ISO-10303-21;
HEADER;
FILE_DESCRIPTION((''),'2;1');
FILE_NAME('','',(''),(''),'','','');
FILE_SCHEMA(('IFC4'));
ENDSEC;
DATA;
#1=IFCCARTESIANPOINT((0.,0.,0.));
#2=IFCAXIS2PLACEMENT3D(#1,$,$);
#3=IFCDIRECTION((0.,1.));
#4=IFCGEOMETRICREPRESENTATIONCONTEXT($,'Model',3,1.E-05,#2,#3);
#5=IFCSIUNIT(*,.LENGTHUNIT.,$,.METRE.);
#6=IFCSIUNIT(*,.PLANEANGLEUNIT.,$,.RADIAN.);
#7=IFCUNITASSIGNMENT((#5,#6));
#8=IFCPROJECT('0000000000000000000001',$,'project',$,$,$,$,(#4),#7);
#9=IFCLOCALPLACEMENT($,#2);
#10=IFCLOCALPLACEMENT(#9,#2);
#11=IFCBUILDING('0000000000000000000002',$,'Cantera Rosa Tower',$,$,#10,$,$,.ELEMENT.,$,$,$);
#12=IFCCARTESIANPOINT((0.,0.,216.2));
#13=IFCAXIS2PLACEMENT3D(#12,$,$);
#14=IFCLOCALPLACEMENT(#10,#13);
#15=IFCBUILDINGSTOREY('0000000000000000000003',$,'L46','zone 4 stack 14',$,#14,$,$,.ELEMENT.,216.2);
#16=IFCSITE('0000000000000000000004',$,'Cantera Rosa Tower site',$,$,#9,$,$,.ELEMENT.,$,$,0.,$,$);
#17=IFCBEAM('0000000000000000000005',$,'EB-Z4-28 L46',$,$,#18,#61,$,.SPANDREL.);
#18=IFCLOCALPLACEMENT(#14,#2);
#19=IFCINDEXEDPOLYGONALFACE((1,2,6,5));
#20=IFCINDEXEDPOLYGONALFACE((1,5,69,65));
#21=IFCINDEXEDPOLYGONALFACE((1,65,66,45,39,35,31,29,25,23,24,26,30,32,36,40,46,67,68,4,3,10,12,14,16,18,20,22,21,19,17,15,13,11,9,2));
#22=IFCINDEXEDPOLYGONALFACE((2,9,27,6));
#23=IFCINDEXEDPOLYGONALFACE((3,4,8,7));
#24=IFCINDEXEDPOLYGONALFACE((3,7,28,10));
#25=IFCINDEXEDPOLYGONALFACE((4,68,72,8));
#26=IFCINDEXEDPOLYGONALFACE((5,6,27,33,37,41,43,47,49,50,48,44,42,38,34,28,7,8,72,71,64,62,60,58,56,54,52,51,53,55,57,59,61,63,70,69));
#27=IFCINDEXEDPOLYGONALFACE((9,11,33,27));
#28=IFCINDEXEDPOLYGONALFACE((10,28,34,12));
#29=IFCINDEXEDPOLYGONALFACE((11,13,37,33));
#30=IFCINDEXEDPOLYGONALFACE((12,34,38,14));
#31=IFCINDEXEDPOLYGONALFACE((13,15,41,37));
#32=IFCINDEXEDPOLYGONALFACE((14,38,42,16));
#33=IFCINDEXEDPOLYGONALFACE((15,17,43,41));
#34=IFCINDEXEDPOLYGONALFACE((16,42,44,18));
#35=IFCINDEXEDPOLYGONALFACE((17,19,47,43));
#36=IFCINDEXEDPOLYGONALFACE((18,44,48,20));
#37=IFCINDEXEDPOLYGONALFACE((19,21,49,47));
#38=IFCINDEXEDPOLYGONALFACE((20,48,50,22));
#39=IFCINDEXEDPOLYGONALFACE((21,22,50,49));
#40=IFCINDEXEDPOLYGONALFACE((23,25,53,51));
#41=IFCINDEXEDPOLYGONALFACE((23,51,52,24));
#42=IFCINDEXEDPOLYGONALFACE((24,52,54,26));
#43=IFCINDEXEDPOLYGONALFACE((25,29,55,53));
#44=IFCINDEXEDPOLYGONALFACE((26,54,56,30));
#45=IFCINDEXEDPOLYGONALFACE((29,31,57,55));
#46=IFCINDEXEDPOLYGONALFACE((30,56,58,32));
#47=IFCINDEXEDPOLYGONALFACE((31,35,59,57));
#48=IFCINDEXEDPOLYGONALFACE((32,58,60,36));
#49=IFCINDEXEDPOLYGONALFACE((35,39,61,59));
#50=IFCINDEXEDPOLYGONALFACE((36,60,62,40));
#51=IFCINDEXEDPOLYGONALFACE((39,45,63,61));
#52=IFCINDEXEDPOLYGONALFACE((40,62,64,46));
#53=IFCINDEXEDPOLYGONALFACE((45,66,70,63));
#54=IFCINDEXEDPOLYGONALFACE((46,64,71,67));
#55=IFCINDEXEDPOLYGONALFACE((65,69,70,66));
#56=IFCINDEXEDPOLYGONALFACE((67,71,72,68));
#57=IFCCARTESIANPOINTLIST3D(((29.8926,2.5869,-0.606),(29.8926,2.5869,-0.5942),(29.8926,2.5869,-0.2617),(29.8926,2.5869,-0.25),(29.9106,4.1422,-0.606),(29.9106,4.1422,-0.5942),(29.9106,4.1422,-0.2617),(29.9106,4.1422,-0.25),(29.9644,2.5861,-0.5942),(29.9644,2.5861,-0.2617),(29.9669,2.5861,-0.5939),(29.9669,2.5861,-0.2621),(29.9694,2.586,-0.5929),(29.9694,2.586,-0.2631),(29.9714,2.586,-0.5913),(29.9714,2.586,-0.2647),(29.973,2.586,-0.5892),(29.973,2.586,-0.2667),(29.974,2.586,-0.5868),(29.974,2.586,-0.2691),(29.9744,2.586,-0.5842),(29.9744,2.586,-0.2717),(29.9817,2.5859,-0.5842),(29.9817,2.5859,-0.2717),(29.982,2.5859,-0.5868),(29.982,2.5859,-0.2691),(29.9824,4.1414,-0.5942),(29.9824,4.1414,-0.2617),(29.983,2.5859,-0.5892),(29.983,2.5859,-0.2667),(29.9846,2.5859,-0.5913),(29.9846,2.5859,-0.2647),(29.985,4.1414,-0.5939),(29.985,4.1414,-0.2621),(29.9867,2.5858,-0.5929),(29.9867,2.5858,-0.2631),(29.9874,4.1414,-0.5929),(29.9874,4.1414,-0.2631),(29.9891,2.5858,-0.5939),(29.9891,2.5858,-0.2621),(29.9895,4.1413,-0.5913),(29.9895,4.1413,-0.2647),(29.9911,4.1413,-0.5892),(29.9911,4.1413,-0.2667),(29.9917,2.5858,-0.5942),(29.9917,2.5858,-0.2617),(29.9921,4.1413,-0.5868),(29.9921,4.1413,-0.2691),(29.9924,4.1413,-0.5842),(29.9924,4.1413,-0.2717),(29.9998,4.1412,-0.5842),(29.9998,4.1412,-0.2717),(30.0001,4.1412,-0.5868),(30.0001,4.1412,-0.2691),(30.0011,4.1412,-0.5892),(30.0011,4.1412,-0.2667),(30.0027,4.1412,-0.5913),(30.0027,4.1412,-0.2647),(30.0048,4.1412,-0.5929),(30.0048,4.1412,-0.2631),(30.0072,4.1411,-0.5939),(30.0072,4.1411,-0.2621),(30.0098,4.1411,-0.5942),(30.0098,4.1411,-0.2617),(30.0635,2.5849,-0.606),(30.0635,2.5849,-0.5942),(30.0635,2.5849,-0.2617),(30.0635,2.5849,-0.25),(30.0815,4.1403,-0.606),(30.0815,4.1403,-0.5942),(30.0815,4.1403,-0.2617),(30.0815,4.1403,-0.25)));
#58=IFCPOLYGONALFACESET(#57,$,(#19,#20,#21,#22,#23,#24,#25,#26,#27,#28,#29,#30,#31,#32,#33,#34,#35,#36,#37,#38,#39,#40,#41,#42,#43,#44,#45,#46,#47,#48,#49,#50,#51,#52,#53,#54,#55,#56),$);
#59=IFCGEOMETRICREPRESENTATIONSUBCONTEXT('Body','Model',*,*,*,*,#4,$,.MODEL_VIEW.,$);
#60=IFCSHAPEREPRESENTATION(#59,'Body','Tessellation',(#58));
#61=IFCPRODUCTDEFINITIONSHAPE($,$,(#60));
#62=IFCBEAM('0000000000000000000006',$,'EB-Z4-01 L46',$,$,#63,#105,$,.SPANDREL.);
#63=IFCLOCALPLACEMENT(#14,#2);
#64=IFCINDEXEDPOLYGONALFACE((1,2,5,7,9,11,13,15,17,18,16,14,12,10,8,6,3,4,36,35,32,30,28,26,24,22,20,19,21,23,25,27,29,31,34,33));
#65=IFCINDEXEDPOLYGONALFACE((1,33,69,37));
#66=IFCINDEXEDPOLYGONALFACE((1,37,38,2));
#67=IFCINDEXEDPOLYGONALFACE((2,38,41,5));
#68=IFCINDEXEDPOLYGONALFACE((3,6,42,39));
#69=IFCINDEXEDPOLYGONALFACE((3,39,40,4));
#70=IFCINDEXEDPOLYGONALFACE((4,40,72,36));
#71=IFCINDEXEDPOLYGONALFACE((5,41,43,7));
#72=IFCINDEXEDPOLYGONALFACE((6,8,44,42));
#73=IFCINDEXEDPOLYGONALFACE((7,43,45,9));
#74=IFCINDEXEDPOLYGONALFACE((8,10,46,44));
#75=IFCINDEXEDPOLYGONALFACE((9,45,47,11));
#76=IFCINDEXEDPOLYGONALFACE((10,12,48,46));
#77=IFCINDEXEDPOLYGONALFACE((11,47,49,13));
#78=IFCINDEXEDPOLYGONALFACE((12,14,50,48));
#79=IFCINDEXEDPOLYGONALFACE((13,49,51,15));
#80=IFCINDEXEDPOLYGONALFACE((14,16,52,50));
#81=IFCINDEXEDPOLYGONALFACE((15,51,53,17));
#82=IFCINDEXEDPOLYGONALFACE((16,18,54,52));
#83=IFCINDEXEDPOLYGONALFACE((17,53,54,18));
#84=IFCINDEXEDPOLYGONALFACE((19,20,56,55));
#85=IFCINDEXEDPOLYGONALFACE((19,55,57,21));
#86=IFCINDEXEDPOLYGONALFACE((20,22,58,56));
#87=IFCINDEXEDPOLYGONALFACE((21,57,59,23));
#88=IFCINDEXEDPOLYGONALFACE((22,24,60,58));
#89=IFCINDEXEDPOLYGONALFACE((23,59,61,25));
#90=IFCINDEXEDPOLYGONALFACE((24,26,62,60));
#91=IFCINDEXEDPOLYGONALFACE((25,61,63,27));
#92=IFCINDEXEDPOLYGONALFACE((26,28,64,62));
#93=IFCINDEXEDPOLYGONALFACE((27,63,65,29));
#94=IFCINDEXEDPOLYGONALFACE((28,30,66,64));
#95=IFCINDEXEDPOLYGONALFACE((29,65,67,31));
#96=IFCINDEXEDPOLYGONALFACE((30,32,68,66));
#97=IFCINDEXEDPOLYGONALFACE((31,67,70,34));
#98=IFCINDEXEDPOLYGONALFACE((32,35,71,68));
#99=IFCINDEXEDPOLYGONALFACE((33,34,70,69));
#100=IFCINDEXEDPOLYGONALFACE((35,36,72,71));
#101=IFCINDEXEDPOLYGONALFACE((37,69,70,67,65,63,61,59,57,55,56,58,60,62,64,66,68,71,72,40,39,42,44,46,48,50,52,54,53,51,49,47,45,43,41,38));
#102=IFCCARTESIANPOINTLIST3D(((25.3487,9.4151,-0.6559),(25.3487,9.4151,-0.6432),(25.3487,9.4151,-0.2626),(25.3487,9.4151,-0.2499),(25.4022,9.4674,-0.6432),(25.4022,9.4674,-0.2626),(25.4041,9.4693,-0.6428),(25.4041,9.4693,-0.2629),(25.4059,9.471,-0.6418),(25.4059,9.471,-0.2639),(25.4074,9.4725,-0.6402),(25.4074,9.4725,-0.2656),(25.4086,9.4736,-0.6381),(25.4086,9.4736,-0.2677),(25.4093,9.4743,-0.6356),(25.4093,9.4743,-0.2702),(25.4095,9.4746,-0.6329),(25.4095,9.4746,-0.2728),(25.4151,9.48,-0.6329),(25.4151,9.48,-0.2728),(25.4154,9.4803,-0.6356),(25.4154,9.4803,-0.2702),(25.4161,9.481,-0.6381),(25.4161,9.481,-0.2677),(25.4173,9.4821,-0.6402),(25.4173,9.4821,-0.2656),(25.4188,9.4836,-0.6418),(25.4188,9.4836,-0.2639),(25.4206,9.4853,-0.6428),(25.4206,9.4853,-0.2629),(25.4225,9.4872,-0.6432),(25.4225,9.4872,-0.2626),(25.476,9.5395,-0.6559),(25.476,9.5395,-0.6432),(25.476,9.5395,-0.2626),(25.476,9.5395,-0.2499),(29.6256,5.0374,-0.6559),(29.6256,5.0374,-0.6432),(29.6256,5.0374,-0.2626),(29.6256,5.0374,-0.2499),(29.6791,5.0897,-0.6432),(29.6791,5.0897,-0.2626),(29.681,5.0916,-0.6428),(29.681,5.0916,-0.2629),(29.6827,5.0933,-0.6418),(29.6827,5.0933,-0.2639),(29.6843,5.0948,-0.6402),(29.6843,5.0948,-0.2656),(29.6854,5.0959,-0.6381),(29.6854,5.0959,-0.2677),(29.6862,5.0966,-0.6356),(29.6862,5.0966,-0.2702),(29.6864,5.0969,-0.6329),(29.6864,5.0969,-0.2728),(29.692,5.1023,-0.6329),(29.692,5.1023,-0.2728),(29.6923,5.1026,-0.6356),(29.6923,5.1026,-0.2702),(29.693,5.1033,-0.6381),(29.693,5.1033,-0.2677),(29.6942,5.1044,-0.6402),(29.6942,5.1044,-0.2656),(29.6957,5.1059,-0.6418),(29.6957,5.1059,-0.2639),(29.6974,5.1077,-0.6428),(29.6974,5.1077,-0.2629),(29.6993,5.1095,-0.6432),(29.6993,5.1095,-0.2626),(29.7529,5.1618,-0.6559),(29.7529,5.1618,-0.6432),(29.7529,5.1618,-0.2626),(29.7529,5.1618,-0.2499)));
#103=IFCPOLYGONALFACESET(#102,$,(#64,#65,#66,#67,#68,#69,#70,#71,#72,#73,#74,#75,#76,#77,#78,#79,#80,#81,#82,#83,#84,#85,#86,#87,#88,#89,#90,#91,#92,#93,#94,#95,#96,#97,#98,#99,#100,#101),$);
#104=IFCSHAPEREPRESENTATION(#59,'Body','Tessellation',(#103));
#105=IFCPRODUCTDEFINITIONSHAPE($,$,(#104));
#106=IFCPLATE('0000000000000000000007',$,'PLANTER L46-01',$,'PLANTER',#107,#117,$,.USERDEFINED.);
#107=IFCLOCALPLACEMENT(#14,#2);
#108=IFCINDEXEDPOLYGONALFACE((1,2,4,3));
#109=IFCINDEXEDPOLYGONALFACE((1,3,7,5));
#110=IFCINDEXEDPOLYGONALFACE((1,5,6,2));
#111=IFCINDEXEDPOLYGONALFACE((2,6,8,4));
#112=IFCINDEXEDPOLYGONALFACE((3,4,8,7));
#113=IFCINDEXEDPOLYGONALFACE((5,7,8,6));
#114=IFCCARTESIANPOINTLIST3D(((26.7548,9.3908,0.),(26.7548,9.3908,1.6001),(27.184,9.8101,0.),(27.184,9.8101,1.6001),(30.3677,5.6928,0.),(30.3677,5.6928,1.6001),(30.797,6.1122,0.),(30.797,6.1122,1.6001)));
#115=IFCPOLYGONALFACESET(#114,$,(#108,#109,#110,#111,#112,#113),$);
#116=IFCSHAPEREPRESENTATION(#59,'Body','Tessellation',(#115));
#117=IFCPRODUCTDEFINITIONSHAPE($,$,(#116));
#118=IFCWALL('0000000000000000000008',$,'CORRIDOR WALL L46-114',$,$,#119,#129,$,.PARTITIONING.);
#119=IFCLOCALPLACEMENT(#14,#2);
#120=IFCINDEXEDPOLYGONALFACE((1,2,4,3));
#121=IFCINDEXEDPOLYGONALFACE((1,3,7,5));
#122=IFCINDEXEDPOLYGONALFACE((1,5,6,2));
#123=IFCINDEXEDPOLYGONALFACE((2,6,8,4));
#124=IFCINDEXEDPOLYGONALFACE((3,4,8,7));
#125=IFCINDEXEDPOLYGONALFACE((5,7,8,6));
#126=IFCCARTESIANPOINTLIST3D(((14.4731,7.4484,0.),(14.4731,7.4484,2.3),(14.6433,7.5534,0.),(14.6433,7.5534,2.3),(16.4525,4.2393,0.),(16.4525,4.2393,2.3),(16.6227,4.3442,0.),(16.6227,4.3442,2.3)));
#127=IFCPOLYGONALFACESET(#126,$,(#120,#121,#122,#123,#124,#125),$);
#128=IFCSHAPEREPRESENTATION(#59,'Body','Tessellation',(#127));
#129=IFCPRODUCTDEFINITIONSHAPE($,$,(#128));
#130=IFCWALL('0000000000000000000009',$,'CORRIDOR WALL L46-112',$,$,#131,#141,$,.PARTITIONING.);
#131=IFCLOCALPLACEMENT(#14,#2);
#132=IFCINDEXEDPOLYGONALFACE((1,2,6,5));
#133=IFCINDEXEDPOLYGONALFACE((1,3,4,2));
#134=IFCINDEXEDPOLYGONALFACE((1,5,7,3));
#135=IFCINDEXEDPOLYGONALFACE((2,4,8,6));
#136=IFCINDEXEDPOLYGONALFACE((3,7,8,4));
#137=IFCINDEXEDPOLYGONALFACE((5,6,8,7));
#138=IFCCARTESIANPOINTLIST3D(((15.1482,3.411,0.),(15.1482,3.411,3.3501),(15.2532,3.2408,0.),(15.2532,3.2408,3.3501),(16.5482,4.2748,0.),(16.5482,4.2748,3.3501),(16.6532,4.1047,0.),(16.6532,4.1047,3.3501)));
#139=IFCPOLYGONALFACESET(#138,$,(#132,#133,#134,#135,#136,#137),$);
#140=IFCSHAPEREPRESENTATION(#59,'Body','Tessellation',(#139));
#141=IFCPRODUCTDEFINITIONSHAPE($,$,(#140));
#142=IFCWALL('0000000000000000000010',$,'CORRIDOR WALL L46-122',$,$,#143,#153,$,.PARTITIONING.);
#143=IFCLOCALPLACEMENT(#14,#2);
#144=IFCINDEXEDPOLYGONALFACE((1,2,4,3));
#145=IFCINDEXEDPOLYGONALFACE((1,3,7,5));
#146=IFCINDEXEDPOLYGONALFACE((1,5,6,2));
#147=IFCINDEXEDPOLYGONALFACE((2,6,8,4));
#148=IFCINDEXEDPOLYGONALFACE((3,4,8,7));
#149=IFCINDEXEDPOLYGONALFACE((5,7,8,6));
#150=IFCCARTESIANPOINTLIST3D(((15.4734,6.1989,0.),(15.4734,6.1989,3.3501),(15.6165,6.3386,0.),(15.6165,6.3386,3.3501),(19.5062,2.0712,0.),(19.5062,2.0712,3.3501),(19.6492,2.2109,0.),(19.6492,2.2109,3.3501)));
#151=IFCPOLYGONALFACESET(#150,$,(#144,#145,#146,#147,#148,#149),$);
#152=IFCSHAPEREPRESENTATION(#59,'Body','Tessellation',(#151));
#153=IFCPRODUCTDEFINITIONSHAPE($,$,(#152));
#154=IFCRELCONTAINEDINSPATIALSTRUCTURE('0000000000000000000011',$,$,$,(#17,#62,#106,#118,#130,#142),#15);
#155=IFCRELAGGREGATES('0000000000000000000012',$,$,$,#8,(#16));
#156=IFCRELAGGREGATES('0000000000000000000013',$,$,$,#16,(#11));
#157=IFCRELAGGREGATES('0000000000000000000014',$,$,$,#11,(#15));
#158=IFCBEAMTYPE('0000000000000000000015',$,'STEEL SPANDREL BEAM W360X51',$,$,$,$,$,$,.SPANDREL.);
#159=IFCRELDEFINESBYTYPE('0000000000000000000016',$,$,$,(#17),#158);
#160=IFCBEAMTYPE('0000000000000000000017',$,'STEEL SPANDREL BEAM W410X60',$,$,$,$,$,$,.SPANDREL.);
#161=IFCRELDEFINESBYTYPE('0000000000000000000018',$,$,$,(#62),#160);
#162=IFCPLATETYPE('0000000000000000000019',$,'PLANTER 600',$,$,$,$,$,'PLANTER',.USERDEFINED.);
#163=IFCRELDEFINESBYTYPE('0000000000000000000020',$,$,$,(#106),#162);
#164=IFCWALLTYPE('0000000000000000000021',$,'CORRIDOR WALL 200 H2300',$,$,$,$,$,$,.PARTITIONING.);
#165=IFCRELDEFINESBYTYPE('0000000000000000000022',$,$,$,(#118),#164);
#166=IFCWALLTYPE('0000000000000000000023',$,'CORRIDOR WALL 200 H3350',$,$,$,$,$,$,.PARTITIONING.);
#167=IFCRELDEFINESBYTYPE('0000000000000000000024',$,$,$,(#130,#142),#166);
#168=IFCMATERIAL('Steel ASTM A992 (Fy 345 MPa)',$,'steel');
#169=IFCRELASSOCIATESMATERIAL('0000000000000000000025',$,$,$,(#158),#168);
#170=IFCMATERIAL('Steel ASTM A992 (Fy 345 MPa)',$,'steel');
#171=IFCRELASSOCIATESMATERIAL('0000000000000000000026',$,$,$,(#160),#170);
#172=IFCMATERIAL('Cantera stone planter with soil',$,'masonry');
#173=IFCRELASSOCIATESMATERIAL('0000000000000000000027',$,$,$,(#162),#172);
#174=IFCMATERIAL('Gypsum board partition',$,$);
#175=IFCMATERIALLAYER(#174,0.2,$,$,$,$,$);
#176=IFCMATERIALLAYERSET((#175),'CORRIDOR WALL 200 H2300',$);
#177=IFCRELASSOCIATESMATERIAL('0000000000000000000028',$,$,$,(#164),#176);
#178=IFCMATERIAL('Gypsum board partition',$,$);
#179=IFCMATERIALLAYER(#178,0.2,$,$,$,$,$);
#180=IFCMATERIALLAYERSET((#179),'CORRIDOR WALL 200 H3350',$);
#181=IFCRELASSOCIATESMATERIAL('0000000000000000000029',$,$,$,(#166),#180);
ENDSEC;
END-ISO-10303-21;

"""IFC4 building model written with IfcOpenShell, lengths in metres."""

from ifc_helpers import new_model, si_unit, direction, frame, frame_2d, origin, origin_2d, place, context, subcontext, project, spatial, rectangle, i_section, extrude, material, layer, layer_set, material_profile, profile_set, type_object, element, save


model = new_model("IFC4")

# Units and contexts
model_context = context("Model", 3, precision=1e-05, world=origin(), true_north=direction((0.0, 1.0)))
body_context = subcontext(model_context, "Body", "Model", "MODEL_VIEW")
ifc_project = project(units=[si_unit("LENGTHUNIT", "METRE"), si_unit("PLANEANGLEUNIT", "RADIAN")], contexts=[model_context])

# Site, building, storey
site_placement = place(None, origin())
site = spatial("IfcSite", under=ifc_project, at=site_placement, Name="Cantera Rosa Tower site", CompositionType="ELEMENT", RefElevation=0.0)
building_placement = place(site_placement, origin())
building = spatial("IfcBuilding", under=site, at=building_placement, Name="Cantera Rosa Tower", CompositionType="ELEMENT")
storey_placement = place(building_placement, frame((0.0, 0.0, 216.2)))
storey = spatial("IfcBuildingStorey", under=building, at=storey_placement, Name="L46", Description="zone 4 stack 14", CompositionType="ELEMENT", Elevation=216.2)

# Beams
ifc_material_1 = material(Name="Steel ASTM A992 (Fy 345 MPa)", Category="steel")
ifc_material_profile_1 = material_profile(ifc_material_1, i_section(OverallWidth=0.1709, OverallDepth=0.356, WebThickness=0.0073, FlangeThickness=0.0117, FilletRadius=0.01, at=origin_2d()), Name="W360X51")
ifc_profile_set_1 = profile_set([ifc_material_profile_1], Name="Steel ASTM A992 (Fy 345 MPa)")
beam_type_1 = type_object("IfcBeamType", Name="STEEL SPANDREL BEAM W360X51", PredefinedType="SPANDREL", material=ifc_profile_set_1)
beam_1_placement = place(storey_placement, frame((29.978, 2.5859, -0.428), z_axis=(0.011614, 0.999933, 0.0), x_axis=(-0.999933, 0.011614, 0.0)))
element("IfcBeam", 1, at=beam_1_placement, inside=storey, type_object=beam_type_1, Name="EB-Z4-28 L46", PredefinedType="SPANDREL", context=body_context, shape_type="SweptSolid", body=[
    extrude(i_section(OverallWidth=0.1709, OverallDepth=0.356, WebThickness=0.0073, FlangeThickness=0.0117, FilletRadius=0.01, at=origin_2d()), origin(), (0.0, 0.0, 1.0), 1.5554),
])
ifc_material_2 = material(Name="Steel ASTM A992 (Fy 345 MPa)", Category="steel")
ifc_material_profile_2 = material_profile(ifc_material_2, i_section(OverallWidth=0.178, OverallDepth=0.406, WebThickness=0.0078, FlangeThickness=0.0127, FilletRadius=0.0103, at=origin_2d()), Name="W410X60")
ifc_profile_set_2 = profile_set([ifc_material_profile_2], Name="Steel ASTM A992 (Fy 345 MPa)")
beam_type_2 = type_object("IfcBeamType", Name="STEEL SPANDREL BEAM W410X60", PredefinedType="SPANDREL", material=ifc_profile_set_2)
beam_2_placement = place(storey_placement, frame((29.6892, 5.0996, -0.4529), z_axis=(-0.698821, 0.715296, 0.0), x_axis=(-0.715296, -0.698821, 0.0)))
element("IfcBeam", 2, at=beam_2_placement, inside=storey, type_object=beam_type_2, Name="EB-Z4-01 L46", PredefinedType="SPANDREL", context=body_context, shape_type="SweptSolid", body=[
    extrude(i_section(OverallWidth=0.178, OverallDepth=0.406, WebThickness=0.0078, FlangeThickness=0.0127, FilletRadius=0.0103, at=origin_2d()), origin(), (0.0, 0.0, 1.0), 6.1201),
])

# Plate
ifc_material_3 = material(Name="Cantera stone planter with soil", Category="masonry")
plate_type = type_object("IfcPlateType", Name="PLANTER 600", ElementType="PLANTER", PredefinedType="USERDEFINED", material=ifc_material_3)
plate_placement = place(storey_placement, frame((28.7759, 7.7515, 0.0), z_axis=(0.0, 0.0, 1.0), x_axis=(-0.698832, 0.715286, 0.0)))
element("IfcPlate", 3, at=plate_placement, inside=storey, type_object=plate_type, Name="PLANTER L46-01", ObjectType="PLANTER", PredefinedType="USERDEFINED", context=body_context, shape_type="SweptSolid", body=[
    extrude(rectangle(XDim=5.1699, YDim=0.6001, at=origin_2d()), origin(), (0.0, 0.0, 1.0), 1.6001),
])

# Walls
ifc_material_4 = material(Name="Gypsum board partition")
ifc_layer_1 = layer(ifc_material_4, 0.2)
ifc_layer_set_1 = layer_set([ifc_layer_1], Name="CORRIDOR WALL 200 H2300")
wall_type_1 = type_object("IfcWallType", Name="CORRIDOR WALL 200 H2300", PredefinedType="PARTITIONING", material=ifc_layer_set_1)
wall_1_placement = place(storey_placement, frame((16.5376, 4.2917, 0.0), z_axis=(0.0, 0.0, 1.0), x_axis=(-0.524979, 0.851115, 0.0)))
element("IfcWall", 4, at=wall_1_placement, inside=storey, type_object=wall_type_1, Name="CORRIDOR WALL L46-114", PredefinedType="PARTITIONING", context=body_context, shape_type="SweptSolid", body=[
    extrude(rectangle(XDim=3.7705, YDim=0.2, at=frame_2d((1.8853, 0.0))), origin(), (0.0, 0.0, 1.0), 2.3),
])
ifc_material_5 = material(Name="Gypsum board partition")
ifc_layer_2 = layer(ifc_material_5, 0.2)
ifc_layer_set_2 = layer_set([ifc_layer_2], Name="CORRIDOR WALL 200 H3350")
wall_type_2 = type_object("IfcWallType", Name="CORRIDOR WALL 200 H3350", PredefinedType="PARTITIONING", material=ifc_layer_set_2)
wall_2_placement = place(storey_placement, frame((15.2007, 3.3259, 0.0), z_axis=(0.0, 0.0, 1.0), x_axis=(0.851036, 0.525107, 0.0)))
element("IfcWall", 5, at=wall_2_placement, inside=storey, type_object=wall_type_2, Name="CORRIDOR WALL L46-112", PredefinedType="PARTITIONING", context=body_context, shape_type="SweptSolid", body=[
    extrude(rectangle(XDim=1.645, YDim=0.2, at=frame_2d((0.8225, 0.0))), origin(), (0.0, 0.0, 1.0), 3.3501),
])
wall_3_placement = place(storey_placement, frame((19.5776, 2.1411, 0.0), z_axis=(0.0, 0.0, 1.0), x_axis=(-0.69883, 0.715288, 0.0)))
element("IfcWall", 6, at=wall_3_placement, inside=storey, type_object=wall_type_2, Name="CORRIDOR WALL L46-122", PredefinedType="PARTITIONING", context=body_context, shape_type="SweptSolid", body=[
    extrude(rectangle(XDim=5.7708, YDim=0.2, at=frame_2d((2.8853, 0.0))), origin(), (0.0, 0.0, 1.0), 3.3501),
])

save(model, "model.ifc")
